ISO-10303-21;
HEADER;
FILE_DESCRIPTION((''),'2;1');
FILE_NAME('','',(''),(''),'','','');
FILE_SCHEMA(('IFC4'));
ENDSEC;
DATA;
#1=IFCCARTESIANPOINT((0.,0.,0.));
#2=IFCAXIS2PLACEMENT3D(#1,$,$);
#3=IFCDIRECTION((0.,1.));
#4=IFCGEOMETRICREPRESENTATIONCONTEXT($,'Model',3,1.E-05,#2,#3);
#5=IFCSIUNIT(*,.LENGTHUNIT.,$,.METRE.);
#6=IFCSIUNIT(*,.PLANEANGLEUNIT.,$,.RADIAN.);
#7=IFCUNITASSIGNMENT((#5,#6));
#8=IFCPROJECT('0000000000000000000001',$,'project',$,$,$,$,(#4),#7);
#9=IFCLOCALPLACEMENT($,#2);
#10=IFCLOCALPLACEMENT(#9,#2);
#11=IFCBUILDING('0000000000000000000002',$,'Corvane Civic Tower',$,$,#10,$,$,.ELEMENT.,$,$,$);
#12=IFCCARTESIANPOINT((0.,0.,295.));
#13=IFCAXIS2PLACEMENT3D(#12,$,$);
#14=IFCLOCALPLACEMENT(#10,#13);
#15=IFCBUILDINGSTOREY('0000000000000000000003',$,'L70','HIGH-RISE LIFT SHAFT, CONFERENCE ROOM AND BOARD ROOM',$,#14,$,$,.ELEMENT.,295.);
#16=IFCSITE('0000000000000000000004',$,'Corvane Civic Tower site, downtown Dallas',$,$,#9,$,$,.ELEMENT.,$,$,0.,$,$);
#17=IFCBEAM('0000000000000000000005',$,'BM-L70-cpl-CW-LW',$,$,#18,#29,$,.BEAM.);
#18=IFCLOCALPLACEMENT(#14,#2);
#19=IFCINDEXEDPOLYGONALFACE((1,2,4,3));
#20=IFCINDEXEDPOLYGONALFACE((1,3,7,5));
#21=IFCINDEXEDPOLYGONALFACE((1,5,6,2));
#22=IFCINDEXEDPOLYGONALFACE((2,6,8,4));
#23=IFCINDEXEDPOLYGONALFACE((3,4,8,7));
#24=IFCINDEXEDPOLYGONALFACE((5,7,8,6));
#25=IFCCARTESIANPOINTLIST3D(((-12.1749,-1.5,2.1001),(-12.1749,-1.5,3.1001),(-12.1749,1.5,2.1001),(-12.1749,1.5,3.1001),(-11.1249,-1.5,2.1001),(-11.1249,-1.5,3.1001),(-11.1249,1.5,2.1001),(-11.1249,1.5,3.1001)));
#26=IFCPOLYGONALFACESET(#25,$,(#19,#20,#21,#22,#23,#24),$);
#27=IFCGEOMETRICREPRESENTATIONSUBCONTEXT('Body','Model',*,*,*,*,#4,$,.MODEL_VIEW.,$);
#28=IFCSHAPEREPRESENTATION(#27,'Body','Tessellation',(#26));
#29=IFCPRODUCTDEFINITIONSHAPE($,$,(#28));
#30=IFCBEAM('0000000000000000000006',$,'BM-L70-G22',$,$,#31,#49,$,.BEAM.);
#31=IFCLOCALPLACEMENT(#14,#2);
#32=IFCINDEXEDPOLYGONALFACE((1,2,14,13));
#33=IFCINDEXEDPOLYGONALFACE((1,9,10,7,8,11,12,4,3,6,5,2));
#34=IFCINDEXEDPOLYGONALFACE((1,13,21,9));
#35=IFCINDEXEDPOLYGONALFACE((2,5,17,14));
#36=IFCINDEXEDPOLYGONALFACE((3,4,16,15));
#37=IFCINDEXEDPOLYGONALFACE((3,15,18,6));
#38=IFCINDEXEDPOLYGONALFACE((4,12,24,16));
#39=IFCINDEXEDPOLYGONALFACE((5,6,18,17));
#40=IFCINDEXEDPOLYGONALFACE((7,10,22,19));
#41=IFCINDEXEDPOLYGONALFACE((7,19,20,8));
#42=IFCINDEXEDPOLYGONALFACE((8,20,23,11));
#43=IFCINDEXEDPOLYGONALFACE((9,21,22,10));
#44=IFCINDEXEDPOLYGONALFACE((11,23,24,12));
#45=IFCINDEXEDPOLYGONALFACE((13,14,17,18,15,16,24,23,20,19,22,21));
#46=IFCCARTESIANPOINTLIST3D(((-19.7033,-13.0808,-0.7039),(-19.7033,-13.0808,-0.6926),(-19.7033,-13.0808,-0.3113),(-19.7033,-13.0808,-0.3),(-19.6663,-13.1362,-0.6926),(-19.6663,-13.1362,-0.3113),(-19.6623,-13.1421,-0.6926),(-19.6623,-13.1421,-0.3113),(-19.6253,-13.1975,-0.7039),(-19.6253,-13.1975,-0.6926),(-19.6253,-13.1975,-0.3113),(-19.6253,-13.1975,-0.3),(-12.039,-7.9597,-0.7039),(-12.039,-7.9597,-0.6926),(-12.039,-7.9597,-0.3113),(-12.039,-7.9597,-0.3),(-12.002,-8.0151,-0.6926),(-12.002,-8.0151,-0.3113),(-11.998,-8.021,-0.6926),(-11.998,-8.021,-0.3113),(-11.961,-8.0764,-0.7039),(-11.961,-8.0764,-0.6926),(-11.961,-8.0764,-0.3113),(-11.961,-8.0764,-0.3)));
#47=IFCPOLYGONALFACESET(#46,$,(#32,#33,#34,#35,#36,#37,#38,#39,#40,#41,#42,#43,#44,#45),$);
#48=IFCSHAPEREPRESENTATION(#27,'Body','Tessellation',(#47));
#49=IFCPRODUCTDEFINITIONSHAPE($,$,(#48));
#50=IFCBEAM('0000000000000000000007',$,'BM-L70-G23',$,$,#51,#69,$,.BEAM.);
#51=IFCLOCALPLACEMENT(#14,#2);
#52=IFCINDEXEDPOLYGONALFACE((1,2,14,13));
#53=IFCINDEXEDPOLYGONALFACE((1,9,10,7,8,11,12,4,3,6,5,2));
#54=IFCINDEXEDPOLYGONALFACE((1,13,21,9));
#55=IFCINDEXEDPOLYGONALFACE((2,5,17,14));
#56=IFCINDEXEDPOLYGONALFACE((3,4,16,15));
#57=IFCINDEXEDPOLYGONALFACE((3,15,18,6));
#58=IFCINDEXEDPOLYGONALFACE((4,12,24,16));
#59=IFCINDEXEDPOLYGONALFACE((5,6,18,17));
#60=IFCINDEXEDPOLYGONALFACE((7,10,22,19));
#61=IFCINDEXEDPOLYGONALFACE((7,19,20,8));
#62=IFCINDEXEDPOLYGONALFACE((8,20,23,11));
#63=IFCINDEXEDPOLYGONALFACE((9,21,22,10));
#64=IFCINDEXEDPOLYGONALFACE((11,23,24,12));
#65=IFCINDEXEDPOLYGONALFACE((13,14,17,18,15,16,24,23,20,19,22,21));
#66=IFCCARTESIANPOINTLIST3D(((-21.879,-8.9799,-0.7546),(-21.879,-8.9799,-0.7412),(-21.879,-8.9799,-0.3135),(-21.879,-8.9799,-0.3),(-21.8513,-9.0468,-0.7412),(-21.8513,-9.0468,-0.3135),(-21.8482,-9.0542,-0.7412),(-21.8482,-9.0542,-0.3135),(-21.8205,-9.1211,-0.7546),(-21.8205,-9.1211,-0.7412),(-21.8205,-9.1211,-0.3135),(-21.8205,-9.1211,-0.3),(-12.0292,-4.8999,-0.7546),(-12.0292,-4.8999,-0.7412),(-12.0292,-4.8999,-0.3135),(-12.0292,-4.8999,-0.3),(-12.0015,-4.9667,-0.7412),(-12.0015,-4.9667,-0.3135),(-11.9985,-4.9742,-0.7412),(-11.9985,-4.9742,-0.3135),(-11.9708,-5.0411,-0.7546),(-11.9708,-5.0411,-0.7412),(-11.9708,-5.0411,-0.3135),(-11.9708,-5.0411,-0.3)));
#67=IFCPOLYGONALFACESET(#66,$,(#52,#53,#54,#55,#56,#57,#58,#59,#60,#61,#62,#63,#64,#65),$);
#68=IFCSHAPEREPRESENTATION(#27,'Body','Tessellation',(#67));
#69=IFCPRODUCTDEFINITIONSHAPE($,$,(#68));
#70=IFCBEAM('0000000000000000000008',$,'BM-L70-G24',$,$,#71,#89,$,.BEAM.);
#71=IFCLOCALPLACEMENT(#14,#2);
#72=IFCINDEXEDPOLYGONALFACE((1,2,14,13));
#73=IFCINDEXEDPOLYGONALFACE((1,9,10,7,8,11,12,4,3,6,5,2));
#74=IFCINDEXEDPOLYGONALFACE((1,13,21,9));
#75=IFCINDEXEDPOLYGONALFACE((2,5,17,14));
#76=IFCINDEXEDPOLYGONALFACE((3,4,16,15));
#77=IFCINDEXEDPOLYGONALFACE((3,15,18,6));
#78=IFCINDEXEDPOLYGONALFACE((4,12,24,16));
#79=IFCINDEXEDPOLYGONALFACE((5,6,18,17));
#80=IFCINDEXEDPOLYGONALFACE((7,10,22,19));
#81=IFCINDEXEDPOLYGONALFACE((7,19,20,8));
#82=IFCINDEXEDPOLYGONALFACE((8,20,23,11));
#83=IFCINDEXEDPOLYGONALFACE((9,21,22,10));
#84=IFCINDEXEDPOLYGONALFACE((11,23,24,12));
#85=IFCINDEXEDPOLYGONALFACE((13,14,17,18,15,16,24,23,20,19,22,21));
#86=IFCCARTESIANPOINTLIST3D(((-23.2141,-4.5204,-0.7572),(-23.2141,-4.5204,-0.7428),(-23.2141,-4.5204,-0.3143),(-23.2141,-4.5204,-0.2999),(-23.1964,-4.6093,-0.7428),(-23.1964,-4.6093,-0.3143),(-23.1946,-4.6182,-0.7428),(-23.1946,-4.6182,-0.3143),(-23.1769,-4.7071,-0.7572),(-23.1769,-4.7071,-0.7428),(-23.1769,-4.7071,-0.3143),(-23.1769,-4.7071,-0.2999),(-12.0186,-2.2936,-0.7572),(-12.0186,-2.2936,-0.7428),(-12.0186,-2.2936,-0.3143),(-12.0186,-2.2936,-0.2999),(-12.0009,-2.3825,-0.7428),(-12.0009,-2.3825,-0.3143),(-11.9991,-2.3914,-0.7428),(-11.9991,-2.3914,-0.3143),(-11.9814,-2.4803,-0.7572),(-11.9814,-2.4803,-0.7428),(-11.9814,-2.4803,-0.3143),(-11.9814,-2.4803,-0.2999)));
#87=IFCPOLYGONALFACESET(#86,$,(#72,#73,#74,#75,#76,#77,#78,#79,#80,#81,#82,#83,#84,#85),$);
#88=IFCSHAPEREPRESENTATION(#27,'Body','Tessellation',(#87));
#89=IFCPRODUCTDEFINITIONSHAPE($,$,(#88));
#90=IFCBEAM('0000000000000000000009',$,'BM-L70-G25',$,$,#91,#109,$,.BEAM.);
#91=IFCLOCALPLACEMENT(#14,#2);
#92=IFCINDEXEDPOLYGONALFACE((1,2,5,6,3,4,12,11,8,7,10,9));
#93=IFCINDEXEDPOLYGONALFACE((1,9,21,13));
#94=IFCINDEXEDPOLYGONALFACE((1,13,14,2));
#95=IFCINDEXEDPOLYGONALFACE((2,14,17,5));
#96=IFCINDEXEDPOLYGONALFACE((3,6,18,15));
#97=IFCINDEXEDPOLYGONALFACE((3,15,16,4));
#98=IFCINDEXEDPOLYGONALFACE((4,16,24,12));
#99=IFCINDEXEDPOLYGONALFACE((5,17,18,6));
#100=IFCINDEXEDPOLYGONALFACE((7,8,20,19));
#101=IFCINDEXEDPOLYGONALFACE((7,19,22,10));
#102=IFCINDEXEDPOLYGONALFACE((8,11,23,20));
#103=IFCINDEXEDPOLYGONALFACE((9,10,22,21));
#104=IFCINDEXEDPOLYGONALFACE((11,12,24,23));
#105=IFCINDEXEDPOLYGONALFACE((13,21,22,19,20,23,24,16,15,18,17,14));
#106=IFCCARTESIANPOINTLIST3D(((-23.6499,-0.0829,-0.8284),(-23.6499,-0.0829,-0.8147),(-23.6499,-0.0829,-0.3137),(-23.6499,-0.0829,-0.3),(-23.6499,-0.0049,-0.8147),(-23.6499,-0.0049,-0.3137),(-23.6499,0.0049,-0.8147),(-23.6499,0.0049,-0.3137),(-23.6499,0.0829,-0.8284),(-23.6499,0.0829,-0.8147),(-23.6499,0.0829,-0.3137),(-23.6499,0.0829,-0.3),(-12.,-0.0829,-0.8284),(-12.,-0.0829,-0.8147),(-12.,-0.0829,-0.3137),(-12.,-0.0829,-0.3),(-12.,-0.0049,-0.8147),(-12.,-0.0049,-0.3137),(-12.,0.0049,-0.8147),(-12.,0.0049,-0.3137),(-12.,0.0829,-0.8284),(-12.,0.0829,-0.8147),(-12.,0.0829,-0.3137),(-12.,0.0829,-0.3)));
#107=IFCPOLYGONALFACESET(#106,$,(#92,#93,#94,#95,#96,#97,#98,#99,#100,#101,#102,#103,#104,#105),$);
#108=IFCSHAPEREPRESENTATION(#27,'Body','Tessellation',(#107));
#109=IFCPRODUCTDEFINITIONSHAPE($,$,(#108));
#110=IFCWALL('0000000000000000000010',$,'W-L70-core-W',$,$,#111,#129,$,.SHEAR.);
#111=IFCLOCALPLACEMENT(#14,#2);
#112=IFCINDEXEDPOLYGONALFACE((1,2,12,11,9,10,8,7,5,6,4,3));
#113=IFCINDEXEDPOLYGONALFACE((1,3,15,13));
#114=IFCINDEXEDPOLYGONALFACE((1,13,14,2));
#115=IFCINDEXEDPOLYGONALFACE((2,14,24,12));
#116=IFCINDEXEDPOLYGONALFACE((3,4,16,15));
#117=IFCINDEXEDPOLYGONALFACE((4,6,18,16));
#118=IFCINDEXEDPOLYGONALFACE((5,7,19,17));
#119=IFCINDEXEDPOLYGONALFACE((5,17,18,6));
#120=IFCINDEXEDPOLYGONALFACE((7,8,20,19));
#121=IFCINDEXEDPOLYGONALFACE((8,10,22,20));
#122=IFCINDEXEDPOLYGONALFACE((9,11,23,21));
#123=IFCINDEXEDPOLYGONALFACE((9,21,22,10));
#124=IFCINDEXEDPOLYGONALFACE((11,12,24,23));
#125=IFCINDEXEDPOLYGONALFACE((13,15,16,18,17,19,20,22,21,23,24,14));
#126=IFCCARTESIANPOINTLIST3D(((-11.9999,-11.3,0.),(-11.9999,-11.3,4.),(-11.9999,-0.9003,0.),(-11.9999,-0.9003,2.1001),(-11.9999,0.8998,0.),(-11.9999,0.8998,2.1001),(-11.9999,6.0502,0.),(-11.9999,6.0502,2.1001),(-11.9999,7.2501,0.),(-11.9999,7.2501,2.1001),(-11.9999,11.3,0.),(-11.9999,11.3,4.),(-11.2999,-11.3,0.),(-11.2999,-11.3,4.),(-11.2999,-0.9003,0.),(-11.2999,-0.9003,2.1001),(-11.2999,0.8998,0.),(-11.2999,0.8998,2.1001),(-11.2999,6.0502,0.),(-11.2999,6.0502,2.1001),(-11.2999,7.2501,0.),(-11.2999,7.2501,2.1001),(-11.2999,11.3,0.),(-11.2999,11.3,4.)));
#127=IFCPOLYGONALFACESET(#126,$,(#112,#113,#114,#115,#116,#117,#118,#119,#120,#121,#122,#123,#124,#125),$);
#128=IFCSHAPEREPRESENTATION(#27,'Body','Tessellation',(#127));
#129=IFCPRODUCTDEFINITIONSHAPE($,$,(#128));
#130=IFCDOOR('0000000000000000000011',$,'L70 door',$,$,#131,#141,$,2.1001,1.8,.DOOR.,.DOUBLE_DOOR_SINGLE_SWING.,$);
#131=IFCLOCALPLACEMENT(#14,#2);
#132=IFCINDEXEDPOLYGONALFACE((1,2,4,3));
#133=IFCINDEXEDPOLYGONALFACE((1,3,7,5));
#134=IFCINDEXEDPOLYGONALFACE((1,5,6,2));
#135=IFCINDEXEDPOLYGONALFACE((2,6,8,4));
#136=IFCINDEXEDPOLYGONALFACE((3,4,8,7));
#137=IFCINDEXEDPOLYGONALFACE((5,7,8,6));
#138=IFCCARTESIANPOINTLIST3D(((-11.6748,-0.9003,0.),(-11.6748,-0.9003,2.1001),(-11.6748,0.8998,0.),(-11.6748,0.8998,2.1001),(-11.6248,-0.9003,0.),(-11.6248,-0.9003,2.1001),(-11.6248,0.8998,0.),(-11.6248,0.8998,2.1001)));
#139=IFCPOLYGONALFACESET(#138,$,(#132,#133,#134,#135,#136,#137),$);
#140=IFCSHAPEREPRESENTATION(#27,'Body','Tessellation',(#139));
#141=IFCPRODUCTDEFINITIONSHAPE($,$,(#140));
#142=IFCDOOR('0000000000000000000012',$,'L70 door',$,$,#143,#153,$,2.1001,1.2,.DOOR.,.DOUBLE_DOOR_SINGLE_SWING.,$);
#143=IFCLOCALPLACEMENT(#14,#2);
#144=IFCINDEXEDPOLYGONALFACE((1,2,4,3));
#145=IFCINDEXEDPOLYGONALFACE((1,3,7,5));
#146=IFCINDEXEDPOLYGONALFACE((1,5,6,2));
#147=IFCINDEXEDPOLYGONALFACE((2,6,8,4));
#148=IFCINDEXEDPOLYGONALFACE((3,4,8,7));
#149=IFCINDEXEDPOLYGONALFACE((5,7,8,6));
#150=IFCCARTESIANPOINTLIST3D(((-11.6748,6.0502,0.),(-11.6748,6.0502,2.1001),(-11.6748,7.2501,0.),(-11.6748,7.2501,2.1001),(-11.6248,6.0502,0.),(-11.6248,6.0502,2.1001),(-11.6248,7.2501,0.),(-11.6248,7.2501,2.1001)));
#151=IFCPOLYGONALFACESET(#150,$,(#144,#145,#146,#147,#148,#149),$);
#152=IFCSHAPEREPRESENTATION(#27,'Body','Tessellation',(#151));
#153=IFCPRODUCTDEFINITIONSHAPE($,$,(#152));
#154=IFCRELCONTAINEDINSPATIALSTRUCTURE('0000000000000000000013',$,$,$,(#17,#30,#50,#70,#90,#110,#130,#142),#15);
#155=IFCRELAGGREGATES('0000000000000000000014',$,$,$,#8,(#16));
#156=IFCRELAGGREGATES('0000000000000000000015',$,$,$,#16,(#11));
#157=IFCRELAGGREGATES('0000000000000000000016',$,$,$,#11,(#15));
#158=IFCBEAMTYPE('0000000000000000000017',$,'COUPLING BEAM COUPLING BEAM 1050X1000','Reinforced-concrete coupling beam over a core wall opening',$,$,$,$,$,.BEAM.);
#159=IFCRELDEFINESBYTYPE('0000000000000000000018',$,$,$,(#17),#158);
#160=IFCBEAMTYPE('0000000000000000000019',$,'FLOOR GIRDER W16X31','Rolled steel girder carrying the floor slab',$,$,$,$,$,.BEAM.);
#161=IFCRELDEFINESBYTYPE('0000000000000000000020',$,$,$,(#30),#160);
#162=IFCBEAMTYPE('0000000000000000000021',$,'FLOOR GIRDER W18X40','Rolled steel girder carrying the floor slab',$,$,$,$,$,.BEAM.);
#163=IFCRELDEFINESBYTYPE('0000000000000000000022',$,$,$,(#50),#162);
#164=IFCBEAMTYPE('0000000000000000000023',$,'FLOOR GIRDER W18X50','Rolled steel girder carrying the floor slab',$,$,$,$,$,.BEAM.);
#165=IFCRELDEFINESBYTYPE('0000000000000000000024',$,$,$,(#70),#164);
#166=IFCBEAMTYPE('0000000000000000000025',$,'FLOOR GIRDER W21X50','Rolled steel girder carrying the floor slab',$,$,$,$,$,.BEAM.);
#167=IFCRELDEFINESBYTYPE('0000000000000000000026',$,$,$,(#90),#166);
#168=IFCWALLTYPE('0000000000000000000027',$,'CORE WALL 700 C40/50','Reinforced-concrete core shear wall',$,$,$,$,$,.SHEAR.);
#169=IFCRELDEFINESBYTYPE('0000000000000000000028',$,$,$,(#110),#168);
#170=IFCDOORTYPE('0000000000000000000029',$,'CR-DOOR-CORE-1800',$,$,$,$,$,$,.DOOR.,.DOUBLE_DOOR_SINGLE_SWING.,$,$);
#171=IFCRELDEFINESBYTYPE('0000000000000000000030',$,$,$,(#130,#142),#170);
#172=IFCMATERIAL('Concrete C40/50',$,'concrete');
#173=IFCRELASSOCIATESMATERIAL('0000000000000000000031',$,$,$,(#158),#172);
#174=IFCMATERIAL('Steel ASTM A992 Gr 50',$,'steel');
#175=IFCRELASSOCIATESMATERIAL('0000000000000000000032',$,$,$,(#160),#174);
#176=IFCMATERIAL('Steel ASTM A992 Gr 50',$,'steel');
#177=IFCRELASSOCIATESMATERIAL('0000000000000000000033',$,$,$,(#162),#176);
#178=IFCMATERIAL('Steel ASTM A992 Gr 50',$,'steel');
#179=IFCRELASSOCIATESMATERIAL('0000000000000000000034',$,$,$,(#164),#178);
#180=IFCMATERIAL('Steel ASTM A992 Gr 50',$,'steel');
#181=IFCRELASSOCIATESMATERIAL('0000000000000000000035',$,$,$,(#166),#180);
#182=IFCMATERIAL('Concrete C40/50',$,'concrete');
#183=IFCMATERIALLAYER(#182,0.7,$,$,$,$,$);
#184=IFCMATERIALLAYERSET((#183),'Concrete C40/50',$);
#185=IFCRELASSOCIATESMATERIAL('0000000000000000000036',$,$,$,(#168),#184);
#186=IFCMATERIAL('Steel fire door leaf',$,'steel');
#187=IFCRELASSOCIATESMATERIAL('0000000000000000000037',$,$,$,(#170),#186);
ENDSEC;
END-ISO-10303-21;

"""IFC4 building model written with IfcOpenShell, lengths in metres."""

from ifc_helpers import new_model, si_unit, direction, frame, frame_2d, origin, origin_2d, place, context, subcontext, project, spatial, rectangle, i_section, extrude, material, layer, layer_set, material_profile, profile_set, type_object, element, fill, save


model = new_model("IFC4")

# Units and contexts
model_context = context("Model", 3, precision=1e-05, world=origin(), true_north=direction((0.0, 1.0)))
body_context = subcontext(model_context, "Body", "Model", "MODEL_VIEW")
ifc_project = project(units=[si_unit("LENGTHUNIT", "METRE"), si_unit("PLANEANGLEUNIT", "RADIAN")], contexts=[model_context])

# Site, building, storey
site_placement = place(None, origin())
site = spatial("IfcSite", under=ifc_project, at=site_placement, Name="Corvane Civic Tower site, downtown Dallas", CompositionType="ELEMENT", RefElevation=0.0)
building_placement = place(site_placement, origin())
building = spatial("IfcBuilding", under=site, at=building_placement, Name="Corvane Civic Tower", CompositionType="ELEMENT")
storey_placement = place(building_placement, frame((0.0, 0.0, 295.0)))
storey = spatial("IfcBuildingStorey", under=building, at=storey_placement, Name="L70", Description="HIGH-RISE LIFT SHAFT, CONFERENCE ROOM AND BOARD ROOM", CompositionType="ELEMENT", Elevation=295.0)

# Beams
ifc_material_1 = material(Name="Concrete C40/50", Category="concrete")
ifc_material_profile_1 = material_profile(ifc_material_1, rectangle(XDim=1.05, YDim=1.0, at=origin_2d()), Name="COUPLING BEAM 1050X1000")
ifc_profile_set_1 = profile_set([ifc_material_profile_1], Name="Concrete C40/50")
beam_type_1 = type_object("IfcBeamType", Name="COUPLING BEAM COUPLING BEAM 1050X1000", Description="Reinforced-concrete coupling beam over a core wall opening", PredefinedType="BEAM", material=ifc_profile_set_1)
beam_1_placement = place(storey_placement, frame((-11.6499, -1.5, 2.6001), z_axis=(0.0, 1.0, 0.0), x_axis=(-1.0, 0.0, 0.0)))
element("IfcBeam", 1, at=beam_1_placement, inside=storey, type_object=beam_type_1, Name="BM-L70-cpl-CW-LW", PredefinedType="BEAM", context=body_context, shape_type="SweptSolid", body=[
    extrude(rectangle(XDim=1.05, YDim=1.0, at=origin_2d()), origin(), (0.0, 0.0, 1.0), 3.0),
])
ifc_material_2 = material(Name="Steel ASTM A992 Gr 50", Category="steel")
ifc_material_profile_2 = material_profile(ifc_material_2, i_section(OverallWidth=0.1404, OverallDepth=0.4038, WebThickness=0.0071, FlangeThickness=0.0112, at=origin_2d()), Name="W16X31")
ifc_profile_set_2 = profile_set([ifc_material_profile_2], Name="Steel ASTM A992 Gr 50")
beam_type_2 = type_object("IfcBeamType", Name="FLOOR GIRDER W16X31", Description="Rolled steel girder carrying the floor slab", PredefinedType="BEAM", material=ifc_profile_set_2)
beam_2_placement = place(storey_placement, frame((-12.0, -8.0181, -0.502), z_axis=(-0.831471, -0.555568, 0.0), x_axis=(0.555568, -0.831471, 0.0)))
element("IfcBeam", 2, at=beam_2_placement, inside=storey, type_object=beam_type_2, Name="BM-L70-G22", PredefinedType="BEAM", context=body_context, shape_type="SweptSolid", body=[
    extrude(i_section(OverallWidth=0.1404, OverallDepth=0.4038, WebThickness=0.0071, FlangeThickness=0.0112, at=origin_2d()), origin(), (0.0, 0.0, 1.0), 9.2178),
])
ifc_material_3 = material(Name="Steel ASTM A992 Gr 50", Category="steel")
ifc_material_profile_3 = material_profile(ifc_material_3, i_section(OverallWidth=0.1528, OverallDepth=0.4546, WebThickness=0.0081, FlangeThickness=0.0134, at=origin_2d()), Name="W18X40")
ifc_profile_set_3 = profile_set([ifc_material_profile_3], Name="Steel ASTM A992 Gr 50")
beam_type_3 = type_object("IfcBeamType", Name="FLOOR GIRDER W18X40", Description="Rolled steel girder carrying the floor slab", PredefinedType="BEAM", material=ifc_profile_set_3)
beam_3_placement = place(storey_placement, frame((-12.0, -4.9705, -0.5273), z_axis=(-0.923875, -0.382694, 0.0), x_axis=(0.382694, -0.923875, 0.0)))
element("IfcBeam", 3, at=beam_3_placement, inside=storey, type_object=beam_type_3, Name="BM-L70-G23", PredefinedType="BEAM", context=body_context, shape_type="SweptSolid", body=[
    extrude(i_section(OverallWidth=0.1528, OverallDepth=0.4546, WebThickness=0.0081, FlangeThickness=0.0134, at=origin_2d()), origin(), (0.0, 0.0, 1.0), 10.6614),
])
ifc_material_4 = material(Name="Steel ASTM A992 Gr 50", Category="steel")
ifc_material_profile_4 = material_profile(ifc_material_4, i_section(OverallWidth=0.1904, OverallDepth=0.4573, WebThickness=0.009, FlangeThickness=0.0144, at=origin_2d()), Name="W18X50")
ifc_profile_set_4 = profile_set([ifc_material_profile_4], Name="Steel ASTM A992 Gr 50")
beam_type_4 = type_object("IfcBeamType", Name="FLOOR GIRDER W18X50", Description="Rolled steel girder carrying the floor slab", PredefinedType="BEAM", material=ifc_profile_set_4)
beam_4_placement = place(storey_placement, frame((-12.0, -2.387, -0.5286), z_axis=(-0.980787, -0.19508, 0.0), x_axis=(0.19508, -0.980787, 0.0)))
element("IfcBeam", 4, at=beam_4_placement, inside=storey, type_object=beam_type_4, Name="BM-L70-G24", PredefinedType="BEAM", context=body_context, shape_type="SweptSolid", body=[
    extrude(i_section(OverallWidth=0.1904, OverallDepth=0.4573, WebThickness=0.009, FlangeThickness=0.0144, at=origin_2d()), origin(), (0.0, 0.0, 1.0), 11.4148),
])
ifc_material_5 = material(Name="Steel ASTM A992 Gr 50", Category="steel")
ifc_material_profile_5 = material_profile(ifc_material_5, i_section(OverallWidth=0.1658, OverallDepth=0.5283, WebThickness=0.0098, FlangeThickness=0.0137, at=origin_2d()), Name="W21X50")
ifc_profile_set_5 = profile_set([ifc_material_profile_5], Name="Steel ASTM A992 Gr 50")
beam_type_5 = type_object("IfcBeamType", Name="FLOOR GIRDER W21X50", Description="Rolled steel girder carrying the floor slab", PredefinedType="BEAM", material=ifc_profile_set_5)
beam_5_placement = place(storey_placement, frame((-12.0, 0.0, -0.5642), z_axis=(-1.0, 0.0, 0.0), x_axis=(0.0, -1.0, 0.0)))
element("IfcBeam", 5, at=beam_5_placement, inside=storey, type_object=beam_type_5, Name="BM-L70-G25", PredefinedType="BEAM", context=body_context, shape_type="SweptSolid", body=[
    extrude(i_section(OverallWidth=0.1658, OverallDepth=0.5283, WebThickness=0.0098, FlangeThickness=0.0137, at=origin_2d()), origin(), (0.0, 0.0, 1.0), 11.6499),
])

# Wall, openings, doors
ifc_material_6 = material(Name="Concrete C40/50", Category="concrete")
ifc_layer_1 = layer(ifc_material_6, 0.7)
ifc_layer_set_1 = layer_set([ifc_layer_1], Name="Concrete C40/50")
wall_type_1 = type_object("IfcWallType", Name="CORE WALL 700 C40/50", Description="Reinforced-concrete core shear wall", PredefinedType="SHEAR", material=ifc_layer_set_1)
wall_1_placement = place(storey_placement, frame((-11.6499, -11.3, 0.0), z_axis=(0.0, 0.0, 1.0), x_axis=(0.0, 1.0, 0.0)))
wall_1 = element("IfcWall", 6, at=wall_1_placement, inside=storey, type_object=wall_type_1, Name="W-L70-core-W", PredefinedType="SHEAR", context=body_context, shape_type="SweptSolid", body=[
    extrude(rectangle(XDim=22.6001, YDim=0.7, at=frame_2d((11.3, 0.0))), origin(), (0.0, 0.0, 1.0), 4.0),
])
opening_1_placement = place(wall_1_placement, frame((10.3999, 0.0, 0.0)))
opening_1 = element("IfcOpeningElement", 7, at=opening_1_placement, cuts=wall_1, PredefinedType="OPENING", context=body_context, shape_type="SweptSolid", body=[
    extrude(rectangle(XDim=1.8, YDim=2.1001, at=frame_2d((0.8999, 1.05))), frame((0.0, 0.3599, 0.0), z_axis=(0.0, -1.0, 0.0), x_axis=(1.0, 0.0, 0.0)), (0.0, 0.0, 1.0), 0.72),
])
opening_2_placement = place(wall_1_placement, frame((17.3501, 0.0, 0.0)))
opening_2 = element("IfcOpeningElement", 8, at=opening_2_placement, cuts=wall_1, PredefinedType="OPENING", context=body_context, shape_type="SweptSolid", body=[
    extrude(rectangle(XDim=1.2, YDim=2.1001, at=frame_2d((0.6001, 1.05))), frame((0.0, 0.3599, 0.0), z_axis=(0.0, -1.0, 0.0), x_axis=(1.0, 0.0, 0.0)), (0.0, 0.0, 1.0), 0.72),
])
ifc_material_7 = material(Name="Steel fire door leaf", Category="steel")
door_type_1 = type_object("IfcDoorType", Name="CR-DOOR-CORE-1800", OperationType="DOUBLE_DOOR_SINGLE_SWING", PredefinedType="DOOR", material=ifc_material_7)
door_1_placement = place(opening_1_placement, origin())
door_1 = element("IfcDoor", 9, at=door_1_placement, inside=storey, type_object=door_type_1, Name="L70 door", OperationType="DOUBLE_DOOR_SINGLE_SWING", OverallHeight=2.1001, OverallWidth=1.8, PredefinedType="DOOR", context=body_context, shape_type="SweptSolid", body=[
    extrude(rectangle(XDim=1.8, YDim=2.1001, at=frame_2d((0.8999, 1.05))), frame((0.0, 0.0249, 0.0), z_axis=(0.0, -1.0, 0.0), x_axis=(1.0, 0.0, 0.0)), (0.0, 0.0, 1.0), 0.05),
])
fill(opening_1, door_1)
door_2_placement = place(opening_2_placement, origin())
door_2 = element("IfcDoor", 10, at=door_2_placement, inside=storey, type_object=door_type_1, Name="L70 door", OperationType="DOUBLE_DOOR_SINGLE_SWING", OverallHeight=2.1001, OverallWidth=1.2, PredefinedType="DOOR", context=body_context, shape_type="SweptSolid", body=[
    extrude(rectangle(XDim=1.2, YDim=2.1001, at=frame_2d((0.6001, 1.05))), frame((0.0, 0.0249, 0.0), z_axis=(0.0, -1.0, 0.0), x_axis=(1.0, 0.0, 0.0)), (0.0, 0.0, 1.0), 0.05),
])
fill(opening_2, door_2)

save(model, "model.ifc")
